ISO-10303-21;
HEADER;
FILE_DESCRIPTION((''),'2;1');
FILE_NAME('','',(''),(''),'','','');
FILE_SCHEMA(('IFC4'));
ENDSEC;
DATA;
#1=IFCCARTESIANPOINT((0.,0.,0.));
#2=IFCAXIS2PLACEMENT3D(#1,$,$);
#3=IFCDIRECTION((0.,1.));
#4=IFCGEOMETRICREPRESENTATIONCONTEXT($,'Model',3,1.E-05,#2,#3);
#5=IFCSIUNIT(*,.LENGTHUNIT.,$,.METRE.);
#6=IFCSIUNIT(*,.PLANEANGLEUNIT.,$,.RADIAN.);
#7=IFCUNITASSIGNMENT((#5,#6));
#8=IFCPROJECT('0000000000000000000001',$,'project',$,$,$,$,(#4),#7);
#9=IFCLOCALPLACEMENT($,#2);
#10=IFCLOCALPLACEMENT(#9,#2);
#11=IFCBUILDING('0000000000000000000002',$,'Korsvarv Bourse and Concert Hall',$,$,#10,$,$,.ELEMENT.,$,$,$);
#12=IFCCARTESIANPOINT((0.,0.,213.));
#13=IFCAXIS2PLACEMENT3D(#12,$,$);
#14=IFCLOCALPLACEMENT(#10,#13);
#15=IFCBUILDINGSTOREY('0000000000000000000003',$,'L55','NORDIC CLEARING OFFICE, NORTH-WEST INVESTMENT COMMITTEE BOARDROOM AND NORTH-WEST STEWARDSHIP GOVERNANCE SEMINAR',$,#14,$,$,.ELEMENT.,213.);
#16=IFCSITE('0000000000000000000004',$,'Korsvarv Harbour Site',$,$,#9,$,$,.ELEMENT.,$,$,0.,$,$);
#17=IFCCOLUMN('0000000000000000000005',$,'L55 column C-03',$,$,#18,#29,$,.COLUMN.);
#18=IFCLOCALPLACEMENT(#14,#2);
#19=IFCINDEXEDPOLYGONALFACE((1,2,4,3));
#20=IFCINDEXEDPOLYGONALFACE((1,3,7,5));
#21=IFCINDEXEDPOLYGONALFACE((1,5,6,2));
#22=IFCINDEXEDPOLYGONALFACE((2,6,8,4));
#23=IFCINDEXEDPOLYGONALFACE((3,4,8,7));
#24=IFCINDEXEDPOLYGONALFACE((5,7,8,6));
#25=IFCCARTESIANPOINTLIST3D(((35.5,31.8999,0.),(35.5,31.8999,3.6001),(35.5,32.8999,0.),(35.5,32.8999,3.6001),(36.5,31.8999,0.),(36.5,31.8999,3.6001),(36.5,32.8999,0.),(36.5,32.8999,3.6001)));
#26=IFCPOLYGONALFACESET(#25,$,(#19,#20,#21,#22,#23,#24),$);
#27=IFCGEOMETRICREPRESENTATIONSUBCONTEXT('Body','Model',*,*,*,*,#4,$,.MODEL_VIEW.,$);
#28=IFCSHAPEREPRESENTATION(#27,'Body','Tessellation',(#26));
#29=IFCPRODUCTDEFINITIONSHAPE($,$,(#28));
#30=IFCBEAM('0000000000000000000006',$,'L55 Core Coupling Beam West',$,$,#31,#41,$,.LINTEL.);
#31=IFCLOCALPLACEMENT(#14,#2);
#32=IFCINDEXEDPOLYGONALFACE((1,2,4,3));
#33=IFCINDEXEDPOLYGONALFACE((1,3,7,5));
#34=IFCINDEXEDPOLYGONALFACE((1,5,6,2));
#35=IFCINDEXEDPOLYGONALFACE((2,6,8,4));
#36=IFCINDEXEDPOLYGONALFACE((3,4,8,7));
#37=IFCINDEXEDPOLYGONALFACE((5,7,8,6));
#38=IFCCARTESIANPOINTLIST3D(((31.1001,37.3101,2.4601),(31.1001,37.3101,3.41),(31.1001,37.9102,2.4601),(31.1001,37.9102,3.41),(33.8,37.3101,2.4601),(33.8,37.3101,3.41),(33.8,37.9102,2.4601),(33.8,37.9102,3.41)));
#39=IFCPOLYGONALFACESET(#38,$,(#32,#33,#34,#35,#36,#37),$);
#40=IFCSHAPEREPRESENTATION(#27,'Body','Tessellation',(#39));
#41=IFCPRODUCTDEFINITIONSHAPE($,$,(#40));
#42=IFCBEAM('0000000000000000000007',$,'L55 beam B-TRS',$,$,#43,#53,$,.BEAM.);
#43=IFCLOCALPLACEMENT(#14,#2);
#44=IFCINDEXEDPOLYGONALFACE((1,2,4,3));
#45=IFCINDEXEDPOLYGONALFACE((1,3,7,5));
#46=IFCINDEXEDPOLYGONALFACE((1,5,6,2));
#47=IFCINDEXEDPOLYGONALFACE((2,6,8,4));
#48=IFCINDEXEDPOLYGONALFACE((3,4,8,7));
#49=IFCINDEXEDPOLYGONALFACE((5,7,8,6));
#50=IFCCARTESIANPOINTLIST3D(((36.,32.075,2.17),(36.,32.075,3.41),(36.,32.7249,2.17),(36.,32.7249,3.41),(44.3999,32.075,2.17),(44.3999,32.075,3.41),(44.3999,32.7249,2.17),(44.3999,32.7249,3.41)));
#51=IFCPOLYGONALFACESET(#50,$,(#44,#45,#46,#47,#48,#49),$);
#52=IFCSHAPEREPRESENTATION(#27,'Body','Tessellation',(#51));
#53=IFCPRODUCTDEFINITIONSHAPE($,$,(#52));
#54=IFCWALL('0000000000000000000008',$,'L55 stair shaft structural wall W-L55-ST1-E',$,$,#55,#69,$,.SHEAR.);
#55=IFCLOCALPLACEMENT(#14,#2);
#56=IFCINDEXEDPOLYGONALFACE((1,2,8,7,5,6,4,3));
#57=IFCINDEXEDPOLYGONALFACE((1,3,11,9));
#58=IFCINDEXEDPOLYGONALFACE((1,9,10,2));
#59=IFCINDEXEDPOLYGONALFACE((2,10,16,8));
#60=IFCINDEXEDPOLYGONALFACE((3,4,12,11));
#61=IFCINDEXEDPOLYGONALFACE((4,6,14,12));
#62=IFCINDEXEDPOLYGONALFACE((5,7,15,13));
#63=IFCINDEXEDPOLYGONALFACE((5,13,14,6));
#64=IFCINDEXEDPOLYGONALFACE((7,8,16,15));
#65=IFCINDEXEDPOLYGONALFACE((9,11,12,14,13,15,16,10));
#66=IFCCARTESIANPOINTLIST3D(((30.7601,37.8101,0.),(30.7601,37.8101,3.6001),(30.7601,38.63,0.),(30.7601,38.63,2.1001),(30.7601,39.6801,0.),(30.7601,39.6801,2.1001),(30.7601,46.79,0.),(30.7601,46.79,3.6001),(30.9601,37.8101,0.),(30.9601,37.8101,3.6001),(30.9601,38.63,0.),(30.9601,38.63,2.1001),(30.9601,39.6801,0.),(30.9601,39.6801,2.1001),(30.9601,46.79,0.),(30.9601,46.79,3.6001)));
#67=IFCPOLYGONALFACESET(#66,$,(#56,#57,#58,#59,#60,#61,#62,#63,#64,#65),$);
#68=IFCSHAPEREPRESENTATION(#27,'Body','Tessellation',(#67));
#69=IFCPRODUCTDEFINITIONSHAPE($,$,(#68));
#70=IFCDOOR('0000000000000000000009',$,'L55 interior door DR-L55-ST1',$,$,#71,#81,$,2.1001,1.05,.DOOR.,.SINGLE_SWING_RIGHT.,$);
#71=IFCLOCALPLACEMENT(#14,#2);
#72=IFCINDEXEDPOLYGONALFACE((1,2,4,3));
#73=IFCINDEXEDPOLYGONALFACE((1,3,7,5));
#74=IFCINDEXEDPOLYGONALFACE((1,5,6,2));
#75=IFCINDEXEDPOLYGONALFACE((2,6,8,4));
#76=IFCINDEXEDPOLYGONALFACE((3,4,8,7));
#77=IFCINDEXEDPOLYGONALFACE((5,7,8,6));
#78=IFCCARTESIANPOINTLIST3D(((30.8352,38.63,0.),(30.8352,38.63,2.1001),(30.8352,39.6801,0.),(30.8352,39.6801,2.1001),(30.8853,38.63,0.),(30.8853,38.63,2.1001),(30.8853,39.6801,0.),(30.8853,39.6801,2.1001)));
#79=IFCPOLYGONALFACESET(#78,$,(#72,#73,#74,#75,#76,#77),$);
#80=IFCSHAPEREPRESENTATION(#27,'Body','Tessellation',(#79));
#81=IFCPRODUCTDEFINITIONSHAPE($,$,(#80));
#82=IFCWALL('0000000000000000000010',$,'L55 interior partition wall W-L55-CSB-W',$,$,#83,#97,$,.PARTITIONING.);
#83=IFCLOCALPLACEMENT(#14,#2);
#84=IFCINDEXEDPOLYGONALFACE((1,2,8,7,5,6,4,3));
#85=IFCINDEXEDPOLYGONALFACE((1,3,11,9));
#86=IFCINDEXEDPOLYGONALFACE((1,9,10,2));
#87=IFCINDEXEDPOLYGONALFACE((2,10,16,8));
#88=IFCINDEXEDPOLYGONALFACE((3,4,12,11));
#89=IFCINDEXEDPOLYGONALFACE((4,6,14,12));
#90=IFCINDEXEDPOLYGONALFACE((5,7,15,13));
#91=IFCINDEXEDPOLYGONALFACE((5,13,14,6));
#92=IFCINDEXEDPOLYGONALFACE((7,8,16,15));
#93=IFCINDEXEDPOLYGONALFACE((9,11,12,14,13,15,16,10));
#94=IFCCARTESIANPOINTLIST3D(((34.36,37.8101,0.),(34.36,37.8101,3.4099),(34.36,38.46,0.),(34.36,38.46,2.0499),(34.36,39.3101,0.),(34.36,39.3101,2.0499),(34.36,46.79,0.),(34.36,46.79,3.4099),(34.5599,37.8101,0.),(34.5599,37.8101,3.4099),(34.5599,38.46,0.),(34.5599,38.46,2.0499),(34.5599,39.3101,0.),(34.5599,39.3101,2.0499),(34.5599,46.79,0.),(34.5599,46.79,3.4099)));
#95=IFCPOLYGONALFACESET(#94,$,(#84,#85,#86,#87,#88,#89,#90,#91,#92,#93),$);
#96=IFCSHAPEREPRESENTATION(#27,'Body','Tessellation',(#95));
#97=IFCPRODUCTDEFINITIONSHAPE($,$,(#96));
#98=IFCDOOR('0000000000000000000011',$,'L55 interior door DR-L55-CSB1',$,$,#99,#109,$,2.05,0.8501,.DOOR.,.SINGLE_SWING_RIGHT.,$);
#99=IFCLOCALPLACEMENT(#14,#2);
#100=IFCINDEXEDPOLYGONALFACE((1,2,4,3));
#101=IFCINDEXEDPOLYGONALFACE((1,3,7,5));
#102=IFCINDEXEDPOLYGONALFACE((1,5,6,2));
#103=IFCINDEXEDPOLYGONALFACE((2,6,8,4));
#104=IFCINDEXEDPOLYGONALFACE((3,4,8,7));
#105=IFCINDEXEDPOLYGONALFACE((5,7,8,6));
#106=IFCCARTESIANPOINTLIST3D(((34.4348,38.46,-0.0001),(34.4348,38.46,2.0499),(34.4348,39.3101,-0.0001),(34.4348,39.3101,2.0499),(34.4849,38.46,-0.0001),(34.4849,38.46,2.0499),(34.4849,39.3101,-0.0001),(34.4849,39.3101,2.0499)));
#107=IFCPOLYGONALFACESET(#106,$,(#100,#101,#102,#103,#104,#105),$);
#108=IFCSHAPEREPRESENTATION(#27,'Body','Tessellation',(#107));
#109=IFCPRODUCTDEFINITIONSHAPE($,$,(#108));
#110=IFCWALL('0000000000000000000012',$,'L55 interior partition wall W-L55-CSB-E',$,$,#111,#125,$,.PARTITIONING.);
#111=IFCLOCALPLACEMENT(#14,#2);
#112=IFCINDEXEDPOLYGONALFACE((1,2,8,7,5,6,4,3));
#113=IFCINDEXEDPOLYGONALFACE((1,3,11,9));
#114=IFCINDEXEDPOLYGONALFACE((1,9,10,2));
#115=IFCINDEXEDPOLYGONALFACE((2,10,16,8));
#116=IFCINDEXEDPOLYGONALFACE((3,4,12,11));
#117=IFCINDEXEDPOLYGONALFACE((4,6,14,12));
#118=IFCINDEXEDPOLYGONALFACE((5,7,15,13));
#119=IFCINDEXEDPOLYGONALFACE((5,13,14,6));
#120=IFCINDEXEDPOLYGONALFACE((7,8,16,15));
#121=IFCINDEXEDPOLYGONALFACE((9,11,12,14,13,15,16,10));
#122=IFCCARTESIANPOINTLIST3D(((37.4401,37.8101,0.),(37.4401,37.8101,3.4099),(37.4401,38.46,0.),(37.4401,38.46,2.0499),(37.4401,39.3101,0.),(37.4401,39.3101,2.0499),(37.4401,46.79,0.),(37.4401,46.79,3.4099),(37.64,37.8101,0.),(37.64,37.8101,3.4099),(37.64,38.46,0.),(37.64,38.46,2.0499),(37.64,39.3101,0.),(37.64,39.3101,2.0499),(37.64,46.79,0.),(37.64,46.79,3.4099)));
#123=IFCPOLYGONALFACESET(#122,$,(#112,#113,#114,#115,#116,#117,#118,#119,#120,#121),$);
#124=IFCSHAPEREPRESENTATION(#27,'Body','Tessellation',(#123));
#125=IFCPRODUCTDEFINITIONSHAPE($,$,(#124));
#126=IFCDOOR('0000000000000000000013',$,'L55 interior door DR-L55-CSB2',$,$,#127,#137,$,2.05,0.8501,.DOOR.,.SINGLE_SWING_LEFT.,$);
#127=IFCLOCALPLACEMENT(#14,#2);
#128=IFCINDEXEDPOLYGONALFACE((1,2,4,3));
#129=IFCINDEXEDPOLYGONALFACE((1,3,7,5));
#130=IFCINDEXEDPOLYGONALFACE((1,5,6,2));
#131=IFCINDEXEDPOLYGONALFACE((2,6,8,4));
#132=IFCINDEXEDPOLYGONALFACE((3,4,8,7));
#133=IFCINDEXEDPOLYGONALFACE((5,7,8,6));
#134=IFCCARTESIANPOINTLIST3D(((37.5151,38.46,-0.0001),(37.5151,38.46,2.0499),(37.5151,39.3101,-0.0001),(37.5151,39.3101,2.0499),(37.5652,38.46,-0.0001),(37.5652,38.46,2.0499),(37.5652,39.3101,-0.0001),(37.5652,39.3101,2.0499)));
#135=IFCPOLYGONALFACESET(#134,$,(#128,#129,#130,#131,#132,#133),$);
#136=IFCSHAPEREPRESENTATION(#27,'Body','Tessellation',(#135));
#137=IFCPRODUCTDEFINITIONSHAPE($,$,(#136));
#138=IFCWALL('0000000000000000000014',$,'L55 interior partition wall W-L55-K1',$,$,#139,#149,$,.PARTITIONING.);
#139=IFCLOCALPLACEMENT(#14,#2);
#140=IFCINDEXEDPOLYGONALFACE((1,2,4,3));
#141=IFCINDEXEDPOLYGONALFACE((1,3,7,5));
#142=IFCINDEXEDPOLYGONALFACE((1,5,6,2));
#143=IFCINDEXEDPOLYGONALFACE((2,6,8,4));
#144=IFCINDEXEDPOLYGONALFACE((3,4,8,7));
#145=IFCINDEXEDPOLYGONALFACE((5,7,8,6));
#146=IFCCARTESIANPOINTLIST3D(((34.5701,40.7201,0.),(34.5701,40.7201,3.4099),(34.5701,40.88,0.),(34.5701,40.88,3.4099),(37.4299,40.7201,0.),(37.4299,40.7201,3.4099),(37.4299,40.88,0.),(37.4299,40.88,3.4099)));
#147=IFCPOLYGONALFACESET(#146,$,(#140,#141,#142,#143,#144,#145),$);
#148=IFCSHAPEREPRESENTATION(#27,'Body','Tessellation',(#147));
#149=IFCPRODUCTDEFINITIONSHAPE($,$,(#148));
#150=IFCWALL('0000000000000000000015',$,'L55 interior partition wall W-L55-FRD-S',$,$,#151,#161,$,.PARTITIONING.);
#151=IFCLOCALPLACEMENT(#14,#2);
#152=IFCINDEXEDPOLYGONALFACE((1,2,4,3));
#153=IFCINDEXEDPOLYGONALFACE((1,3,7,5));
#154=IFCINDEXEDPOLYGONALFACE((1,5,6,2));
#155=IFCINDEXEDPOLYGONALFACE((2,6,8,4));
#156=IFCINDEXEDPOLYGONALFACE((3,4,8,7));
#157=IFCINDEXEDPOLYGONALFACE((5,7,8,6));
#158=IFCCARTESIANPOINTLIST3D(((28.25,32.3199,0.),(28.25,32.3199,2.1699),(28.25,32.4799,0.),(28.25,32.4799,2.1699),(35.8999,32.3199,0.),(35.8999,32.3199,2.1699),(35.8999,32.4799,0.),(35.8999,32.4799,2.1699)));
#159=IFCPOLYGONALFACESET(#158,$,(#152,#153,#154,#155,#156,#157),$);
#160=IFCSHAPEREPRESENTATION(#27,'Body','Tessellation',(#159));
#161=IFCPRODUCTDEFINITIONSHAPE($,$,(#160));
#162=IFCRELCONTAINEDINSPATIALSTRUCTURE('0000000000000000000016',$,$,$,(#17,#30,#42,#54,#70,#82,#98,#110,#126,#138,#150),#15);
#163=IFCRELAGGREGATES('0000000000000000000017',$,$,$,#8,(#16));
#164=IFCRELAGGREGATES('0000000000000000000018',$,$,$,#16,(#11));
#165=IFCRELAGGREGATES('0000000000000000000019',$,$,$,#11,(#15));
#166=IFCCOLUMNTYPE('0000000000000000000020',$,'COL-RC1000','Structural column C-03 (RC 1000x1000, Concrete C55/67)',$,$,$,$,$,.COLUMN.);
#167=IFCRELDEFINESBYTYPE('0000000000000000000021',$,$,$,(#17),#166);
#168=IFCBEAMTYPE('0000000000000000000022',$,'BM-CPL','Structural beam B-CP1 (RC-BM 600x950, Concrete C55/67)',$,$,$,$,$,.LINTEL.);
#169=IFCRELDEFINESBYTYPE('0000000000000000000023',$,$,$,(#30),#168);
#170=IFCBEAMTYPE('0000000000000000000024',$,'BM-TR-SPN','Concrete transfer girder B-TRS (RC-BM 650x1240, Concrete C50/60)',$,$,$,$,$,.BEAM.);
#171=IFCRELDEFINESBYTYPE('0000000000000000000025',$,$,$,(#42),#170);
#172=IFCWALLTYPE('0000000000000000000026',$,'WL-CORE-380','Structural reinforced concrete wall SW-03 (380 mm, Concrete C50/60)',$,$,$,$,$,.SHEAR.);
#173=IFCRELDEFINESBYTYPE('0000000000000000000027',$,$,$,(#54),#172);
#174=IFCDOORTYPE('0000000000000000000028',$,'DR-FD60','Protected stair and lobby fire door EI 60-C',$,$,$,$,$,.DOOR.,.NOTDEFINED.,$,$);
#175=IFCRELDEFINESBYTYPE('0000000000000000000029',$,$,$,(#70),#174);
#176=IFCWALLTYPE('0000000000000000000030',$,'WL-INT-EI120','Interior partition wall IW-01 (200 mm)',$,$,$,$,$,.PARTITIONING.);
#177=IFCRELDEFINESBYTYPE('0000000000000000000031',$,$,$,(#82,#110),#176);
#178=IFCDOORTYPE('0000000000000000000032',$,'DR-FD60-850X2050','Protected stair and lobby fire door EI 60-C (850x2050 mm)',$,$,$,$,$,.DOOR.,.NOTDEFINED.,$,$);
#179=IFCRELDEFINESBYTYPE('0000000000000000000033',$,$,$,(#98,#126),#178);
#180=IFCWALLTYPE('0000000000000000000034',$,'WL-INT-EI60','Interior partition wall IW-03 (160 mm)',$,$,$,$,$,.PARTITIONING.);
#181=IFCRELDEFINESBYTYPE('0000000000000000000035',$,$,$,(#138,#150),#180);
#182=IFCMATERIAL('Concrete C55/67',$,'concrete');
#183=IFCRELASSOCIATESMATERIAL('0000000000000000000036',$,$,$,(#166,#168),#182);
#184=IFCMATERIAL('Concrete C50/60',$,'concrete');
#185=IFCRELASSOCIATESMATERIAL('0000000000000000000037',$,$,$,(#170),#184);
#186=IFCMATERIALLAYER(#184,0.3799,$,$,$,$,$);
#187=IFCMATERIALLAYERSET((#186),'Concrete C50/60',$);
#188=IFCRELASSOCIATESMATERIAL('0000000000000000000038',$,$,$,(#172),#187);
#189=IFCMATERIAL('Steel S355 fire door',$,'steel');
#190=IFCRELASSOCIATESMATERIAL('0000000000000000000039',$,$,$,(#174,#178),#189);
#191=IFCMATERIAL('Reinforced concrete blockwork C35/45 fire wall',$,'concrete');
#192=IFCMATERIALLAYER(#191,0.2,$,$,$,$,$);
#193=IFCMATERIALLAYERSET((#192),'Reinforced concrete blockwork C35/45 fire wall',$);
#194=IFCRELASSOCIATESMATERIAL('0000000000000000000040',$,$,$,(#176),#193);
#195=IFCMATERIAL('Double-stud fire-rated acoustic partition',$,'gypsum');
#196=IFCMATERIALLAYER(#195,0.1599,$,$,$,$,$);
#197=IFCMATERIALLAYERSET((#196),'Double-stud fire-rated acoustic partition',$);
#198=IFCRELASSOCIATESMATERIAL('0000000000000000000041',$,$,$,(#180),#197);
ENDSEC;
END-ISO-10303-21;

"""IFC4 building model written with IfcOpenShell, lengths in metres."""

from ifc_helpers import new_model, si_unit, direction, frame, frame_2d, origin, origin_2d, place, context, subcontext, project, spatial, rectangle, extrude, source, transform, mapped, material, layer, layer_set, material_profile, profile_set, type_object, element, fill, save


model = new_model("IFC4")

# Units and contexts
model_context = context("Model", 3, precision=1e-05, world=origin(), true_north=direction((0.0, 1.0)))
body_context = subcontext(model_context, "Body", "Model", "MODEL_VIEW")
ifc_project = project(units=[si_unit("LENGTHUNIT", "METRE"), si_unit("PLANEANGLEUNIT", "RADIAN")], contexts=[model_context])

# Site, building, storey
site_placement = place(None, origin())
site = spatial("IfcSite", under=ifc_project, at=site_placement, Name="Korsvarv Harbour Site", CompositionType="ELEMENT", RefElevation=0.0)
building_placement = place(site_placement, origin())
building = spatial("IfcBuilding", under=site, at=building_placement, Name="Korsvarv Bourse and Concert Hall", CompositionType="ELEMENT")
storey_placement = place(building_placement, frame((0.0, 0.0, 213.0)))
storey = spatial("IfcBuildingStorey", under=building, at=storey_placement, Name="L55", Description="NORDIC CLEARING OFFICE, NORTH-WEST INVESTMENT COMMITTEE BOARDROOM AND NORTH-WEST STEWARDSHIP GOVERNANCE SEMINAR", CompositionType="ELEMENT", Elevation=213.0)

# Column
ifc_material_1 = material(Name="Concrete C55/67", Category="concrete")
ifc_material_profile_1 = material_profile(ifc_material_1, rectangle(XDim=1.0, YDim=1.0, at=origin_2d()), Name="RC 1000x1000")
ifc_profile_set_1 = profile_set([ifc_material_profile_1], Name="Concrete C55/67")
column_type = type_object("IfcColumnType", Name="COL-RC1000", Description="Structural column C-03 (RC 1000x1000, Concrete C55/67)", PredefinedType="COLUMN", material=ifc_profile_set_1)
shared_shape_1 = source(origin(), body_context, "Body", "SweptSolid", [
    extrude(rectangle(XDim=1.0, YDim=1.0, at=origin_2d()), origin(), (0.0, 0.0, 1.0), 3.6001),
])
column_placement = place(storey_placement, frame((36.0, 32.3999, 0.0), z_axis=(0.0, 0.0, 1.0), x_axis=(1.0, 0.0, 0.0)))
element("IfcColumn", 1, at=column_placement, inside=storey, type_object=column_type, Name="L55 column C-03", PredefinedType="COLUMN", context=body_context, shape_type="MappedRepresentation", body=[
    mapped(shared_shape_1, transform((0.0, 0.0, 0.0), scale=1.0)),
])

# Beams
ifc_material_profile_2 = material_profile(ifc_material_1, rectangle(XDim=0.6001, YDim=0.95, at=origin_2d()), Name="RC-BM 600x950")
ifc_profile_set_2 = profile_set([ifc_material_profile_2], Name="Concrete C55/67")
beam_type_1 = type_object("IfcBeamType", Name="BM-CPL", Description="Structural beam B-CP1 (RC-BM 600x950, Concrete C55/67)", PredefinedType="LINTEL", material=ifc_profile_set_2)
shared_shape_2 = source(origin(), body_context, "Body", "SweptSolid", [
    extrude(rectangle(XDim=0.6001, YDim=0.95, at=origin_2d()), origin(), (0.0, 0.0, 1.0), 2.7),
])
beam_1_placement = place(storey_placement, frame((31.1001, 37.6101, 2.9351), z_axis=(1.0, 0.0, 0.0), x_axis=(0.0, 1.0, 0.0)))
element("IfcBeam", 2, at=beam_1_placement, inside=storey, type_object=beam_type_1, Name="L55 Core Coupling Beam West", PredefinedType="LINTEL", context=body_context, shape_type="MappedRepresentation", body=[
    mapped(shared_shape_2, transform((0.0, 0.0, 0.0), scale=1.0)),
])
ifc_material_2 = material(Name="Concrete C50/60", Category="concrete")
ifc_material_profile_3 = material_profile(ifc_material_2, rectangle(XDim=0.6499, YDim=1.24, at=origin_2d()), Name="RC-BM 650x1240")
ifc_profile_set_3 = profile_set([ifc_material_profile_3], Name="Concrete C50/60")
beam_type_2 = type_object("IfcBeamType", Name="BM-TR-SPN", Description="Concrete transfer girder B-TRS (RC-BM 650x1240, Concrete C50/60)", PredefinedType="BEAM", material=ifc_profile_set_3)
shared_shape_3 = source(origin(), body_context, "Body", "SweptSolid", [
    extrude(rectangle(XDim=0.6499, YDim=1.24, at=origin_2d()), origin(), (0.0, 0.0, 1.0), 8.3999),
])
beam_2_placement = place(storey_placement, frame((36.0, 32.3999, 2.79), z_axis=(1.0, 0.0, 0.0), x_axis=(0.0, 1.0, 0.0)))
element("IfcBeam", 3, at=beam_2_placement, inside=storey, type_object=beam_type_2, Name="L55 beam B-TRS", PredefinedType="BEAM", context=body_context, shape_type="MappedRepresentation", body=[
    mapped(shared_shape_3, transform((0.0, 0.0, 0.0), scale=1.0)),
])

# Walls, openings, doors
ifc_layer_1 = layer(ifc_material_2, 0.3799)
ifc_layer_set_1 = layer_set([ifc_layer_1], Name="Concrete C50/60")
wall_type_1 = type_object("IfcWallType", Name="WL-CORE-380", Description="Structural reinforced concrete wall SW-03 (380 mm, Concrete C50/60)", PredefinedType="SHEAR", material=ifc_layer_set_1)
wall_1_placement = place(storey_placement, frame((30.8601, 37.8101, 0.0), z_axis=(0.0, 0.0, 1.0), x_axis=(0.0, 1.0, 0.0)))
wall_1 = element("IfcWall", 4, at=wall_1_placement, inside=storey, type_object=wall_type_1, Name="L55 stair shaft structural wall W-L55-ST1-E", PredefinedType="SHEAR", context=body_context, shape_type="SweptSolid", body=[
    extrude(rectangle(XDim=8.98, YDim=0.2, at=frame_2d((4.49, 0.0))), origin(), (0.0, 0.0, 1.0), 3.6001),
])
opening_1_placement = place(wall_1_placement, frame((0.8201, 0.0, 0.0)))
opening_1 = element("IfcOpeningElement", 5, at=opening_1_placement, cuts=wall_1, PredefinedType="OPENING", context=body_context, shape_type="SweptSolid", body=[
    extrude(rectangle(XDim=1.05, YDim=2.1001, at=frame_2d((0.5249, 1.05))), frame((0.0, 0.1099, 0.0), z_axis=(0.0, -1.0, 0.0), x_axis=(1.0, 0.0, 0.0)), (0.0, 0.0, 1.0), 0.22),
])
ifc_material_3 = material(Name="Steel S355 fire door", Category="steel")
door_type_1 = type_object("IfcDoorType", Name="DR-FD60", Description="Protected stair and lobby fire door EI 60-C", OperationType="NOTDEFINED", PredefinedType="DOOR", material=ifc_material_3)
door_1_placement = place(opening_1_placement, origin())
door_1 = element("IfcDoor", 6, at=door_1_placement, inside=storey, type_object=door_type_1, Name="L55 interior door DR-L55-ST1", OperationType="SINGLE_SWING_RIGHT", OverallHeight=2.1001, OverallWidth=1.05, PredefinedType="DOOR", context=body_context, shape_type="SweptSolid", body=[
    extrude(rectangle(XDim=1.05, YDim=2.1001, at=frame_2d((0.5249, 1.05))), frame((0.0, 0.0249, 0.0), z_axis=(0.0, -1.0, 0.0), x_axis=(1.0, 0.0, 0.0)), (0.0, 0.0, 1.0), 0.05),
])
fill(opening_1, door_1)
ifc_material_4 = material(Name="Reinforced concrete blockwork C35/45 fire wall", Category="concrete")
ifc_layer_2 = layer(ifc_material_4, 0.2)
ifc_layer_set_2 = layer_set([ifc_layer_2], Name="Reinforced concrete blockwork C35/45 fire wall")
wall_type_2 = type_object("IfcWallType", Name="WL-INT-EI120", Description="Interior partition wall IW-01 (200 mm)", PredefinedType="PARTITIONING", material=ifc_layer_set_2)
wall_2_placement = place(storey_placement, frame((34.46, 37.8101, 0.0), z_axis=(0.0, 0.0, 1.0), x_axis=(0.0, 1.0, 0.0)))
wall_2 = element("IfcWall", 7, at=wall_2_placement, inside=storey, type_object=wall_type_2, Name="L55 interior partition wall W-L55-CSB-W", PredefinedType="PARTITIONING", context=body_context, shape_type="SweptSolid", body=[
    extrude(rectangle(XDim=8.98, YDim=0.2, at=frame_2d((4.49, 0.0))), origin(), (0.0, 0.0, 1.0), 3.4099),
])
opening_2_placement = place(wall_2_placement, frame((0.6499, 0.0, 0.0)))
opening_2 = element("IfcOpeningElement", 8, at=opening_2_placement, cuts=wall_2, PredefinedType="OPENING", context=body_context, shape_type="SweptSolid", body=[
    extrude(rectangle(XDim=0.8501, YDim=2.05, at=frame_2d((0.425, 1.0249))), frame((0.0, 0.1099, 0.0), z_axis=(0.0, -1.0, 0.0), x_axis=(1.0, 0.0, 0.0)), (0.0, 0.0, 1.0), 0.22),
])
door_type_2 = type_object("IfcDoorType", Name="DR-FD60-850X2050", Description="Protected stair and lobby fire door EI 60-C (850x2050 mm)", OperationType="NOTDEFINED", PredefinedType="DOOR", material=ifc_material_3)
door_2_placement = place(opening_2_placement, frame((0.8501, 0.0, 0.0), z_axis=(0.0, 0.0, 1.0), x_axis=(-1.0, 0.0, 0.0)))
door_2 = element("IfcDoor", 9, at=door_2_placement, inside=storey, type_object=door_type_2, Name="L55 interior door DR-L55-CSB1", OperationType="SINGLE_SWING_RIGHT", OverallHeight=2.05, OverallWidth=0.8501, PredefinedType="DOOR", context=body_context, shape_type="SweptSolid", body=[
    extrude(rectangle(XDim=0.8501, YDim=2.05, at=frame_2d((0.425, 1.0249))), frame((0.0, 0.0249, 0.0), z_axis=(0.0, -1.0, 0.0), x_axis=(1.0, 0.0, 0.0)), (0.0, 0.0, 1.0), 0.05),
])
fill(opening_2, door_2)
wall_3_placement = place(storey_placement, frame((37.54, 37.8101, 0.0), z_axis=(0.0, 0.0, 1.0), x_axis=(0.0, 1.0, 0.0)))
wall_3 = element("IfcWall", 10, at=wall_3_placement, inside=storey, type_object=wall_type_2, Name="L55 interior partition wall W-L55-CSB-E", PredefinedType="PARTITIONING", context=body_context, shape_type="SweptSolid", body=[
    extrude(rectangle(XDim=8.98, YDim=0.2, at=frame_2d((4.49, 0.0))), origin(), (0.0, 0.0, 1.0), 3.4099),
])
opening_3_placement = place(wall_3_placement, frame((0.6499, 0.0, 0.0)))
opening_3 = element("IfcOpeningElement", 11, at=opening_3_placement, cuts=wall_3, PredefinedType="OPENING", context=body_context, shape_type="SweptSolid", body=[
    extrude(rectangle(XDim=0.8501, YDim=2.05, at=frame_2d((0.425, 1.0249))), frame((0.0, 0.1099, 0.0), z_axis=(0.0, -1.0, 0.0), x_axis=(1.0, 0.0, 0.0)), (0.0, 0.0, 1.0), 0.22),
])
door_3_placement = place(opening_3_placement, origin())
door_3 = element("IfcDoor", 12, at=door_3_placement, inside=storey, type_object=door_type_2, Name="L55 interior door DR-L55-CSB2", OperationType="SINGLE_SWING_LEFT", OverallHeight=2.05, OverallWidth=0.8501, PredefinedType="DOOR", context=body_context, shape_type="SweptSolid", body=[
    extrude(rectangle(XDim=0.8501, YDim=2.05, at=frame_2d((0.425, 1.0249))), frame((0.0, 0.0249, 0.0), z_axis=(0.0, -1.0, 0.0), x_axis=(1.0, 0.0, 0.0)), (0.0, 0.0, 1.0), 0.05),
])
fill(opening_3, door_3)

# Walls
ifc_material_5 = material(Name="Double-stud fire-rated acoustic partition", Category="gypsum")
ifc_layer_3 = layer(ifc_material_5, 0.1599)
ifc_layer_set_3 = layer_set([ifc_layer_3], Name="Double-stud fire-rated acoustic partition")
wall_type_3 = type_object("IfcWallType", Name="WL-INT-EI60", Description="Interior partition wall IW-03 (160 mm)", PredefinedType="PARTITIONING", material=ifc_layer_set_3)
wall_4_placement = place(storey_placement, frame((34.5701, 40.8, 0.0), z_axis=(0.0, 0.0, 1.0), x_axis=(1.0, 0.0, 0.0)))
element("IfcWall", 13, at=wall_4_placement, inside=storey, type_object=wall_type_3, Name="L55 interior partition wall W-L55-K1", PredefinedType="PARTITIONING", context=body_context, shape_type="SweptSolid", body=[
    extrude(rectangle(XDim=2.8599, YDim=0.1599, at=frame_2d((1.4299, 0.0))), origin(), (0.0, 0.0, 1.0), 3.4099),
])
wall_5_placement = place(storey_placement, frame((28.25, 32.3999, 0.0), z_axis=(0.0, 0.0, 1.0), x_axis=(1.0, 0.0, 0.0)))
element("IfcWall", 14, at=wall_5_placement, inside=storey, type_object=wall_type_3, Name="L55 interior partition wall W-L55-FRD-S", PredefinedType="PARTITIONING", context=body_context, shape_type="SweptSolid", body=[
    extrude(rectangle(XDim=7.6499, YDim=0.1599, at=frame_2d((3.825, 0.0))), origin(), (0.0, 0.0, 1.0), 2.1699),
])

save(model, "model.ifc")
